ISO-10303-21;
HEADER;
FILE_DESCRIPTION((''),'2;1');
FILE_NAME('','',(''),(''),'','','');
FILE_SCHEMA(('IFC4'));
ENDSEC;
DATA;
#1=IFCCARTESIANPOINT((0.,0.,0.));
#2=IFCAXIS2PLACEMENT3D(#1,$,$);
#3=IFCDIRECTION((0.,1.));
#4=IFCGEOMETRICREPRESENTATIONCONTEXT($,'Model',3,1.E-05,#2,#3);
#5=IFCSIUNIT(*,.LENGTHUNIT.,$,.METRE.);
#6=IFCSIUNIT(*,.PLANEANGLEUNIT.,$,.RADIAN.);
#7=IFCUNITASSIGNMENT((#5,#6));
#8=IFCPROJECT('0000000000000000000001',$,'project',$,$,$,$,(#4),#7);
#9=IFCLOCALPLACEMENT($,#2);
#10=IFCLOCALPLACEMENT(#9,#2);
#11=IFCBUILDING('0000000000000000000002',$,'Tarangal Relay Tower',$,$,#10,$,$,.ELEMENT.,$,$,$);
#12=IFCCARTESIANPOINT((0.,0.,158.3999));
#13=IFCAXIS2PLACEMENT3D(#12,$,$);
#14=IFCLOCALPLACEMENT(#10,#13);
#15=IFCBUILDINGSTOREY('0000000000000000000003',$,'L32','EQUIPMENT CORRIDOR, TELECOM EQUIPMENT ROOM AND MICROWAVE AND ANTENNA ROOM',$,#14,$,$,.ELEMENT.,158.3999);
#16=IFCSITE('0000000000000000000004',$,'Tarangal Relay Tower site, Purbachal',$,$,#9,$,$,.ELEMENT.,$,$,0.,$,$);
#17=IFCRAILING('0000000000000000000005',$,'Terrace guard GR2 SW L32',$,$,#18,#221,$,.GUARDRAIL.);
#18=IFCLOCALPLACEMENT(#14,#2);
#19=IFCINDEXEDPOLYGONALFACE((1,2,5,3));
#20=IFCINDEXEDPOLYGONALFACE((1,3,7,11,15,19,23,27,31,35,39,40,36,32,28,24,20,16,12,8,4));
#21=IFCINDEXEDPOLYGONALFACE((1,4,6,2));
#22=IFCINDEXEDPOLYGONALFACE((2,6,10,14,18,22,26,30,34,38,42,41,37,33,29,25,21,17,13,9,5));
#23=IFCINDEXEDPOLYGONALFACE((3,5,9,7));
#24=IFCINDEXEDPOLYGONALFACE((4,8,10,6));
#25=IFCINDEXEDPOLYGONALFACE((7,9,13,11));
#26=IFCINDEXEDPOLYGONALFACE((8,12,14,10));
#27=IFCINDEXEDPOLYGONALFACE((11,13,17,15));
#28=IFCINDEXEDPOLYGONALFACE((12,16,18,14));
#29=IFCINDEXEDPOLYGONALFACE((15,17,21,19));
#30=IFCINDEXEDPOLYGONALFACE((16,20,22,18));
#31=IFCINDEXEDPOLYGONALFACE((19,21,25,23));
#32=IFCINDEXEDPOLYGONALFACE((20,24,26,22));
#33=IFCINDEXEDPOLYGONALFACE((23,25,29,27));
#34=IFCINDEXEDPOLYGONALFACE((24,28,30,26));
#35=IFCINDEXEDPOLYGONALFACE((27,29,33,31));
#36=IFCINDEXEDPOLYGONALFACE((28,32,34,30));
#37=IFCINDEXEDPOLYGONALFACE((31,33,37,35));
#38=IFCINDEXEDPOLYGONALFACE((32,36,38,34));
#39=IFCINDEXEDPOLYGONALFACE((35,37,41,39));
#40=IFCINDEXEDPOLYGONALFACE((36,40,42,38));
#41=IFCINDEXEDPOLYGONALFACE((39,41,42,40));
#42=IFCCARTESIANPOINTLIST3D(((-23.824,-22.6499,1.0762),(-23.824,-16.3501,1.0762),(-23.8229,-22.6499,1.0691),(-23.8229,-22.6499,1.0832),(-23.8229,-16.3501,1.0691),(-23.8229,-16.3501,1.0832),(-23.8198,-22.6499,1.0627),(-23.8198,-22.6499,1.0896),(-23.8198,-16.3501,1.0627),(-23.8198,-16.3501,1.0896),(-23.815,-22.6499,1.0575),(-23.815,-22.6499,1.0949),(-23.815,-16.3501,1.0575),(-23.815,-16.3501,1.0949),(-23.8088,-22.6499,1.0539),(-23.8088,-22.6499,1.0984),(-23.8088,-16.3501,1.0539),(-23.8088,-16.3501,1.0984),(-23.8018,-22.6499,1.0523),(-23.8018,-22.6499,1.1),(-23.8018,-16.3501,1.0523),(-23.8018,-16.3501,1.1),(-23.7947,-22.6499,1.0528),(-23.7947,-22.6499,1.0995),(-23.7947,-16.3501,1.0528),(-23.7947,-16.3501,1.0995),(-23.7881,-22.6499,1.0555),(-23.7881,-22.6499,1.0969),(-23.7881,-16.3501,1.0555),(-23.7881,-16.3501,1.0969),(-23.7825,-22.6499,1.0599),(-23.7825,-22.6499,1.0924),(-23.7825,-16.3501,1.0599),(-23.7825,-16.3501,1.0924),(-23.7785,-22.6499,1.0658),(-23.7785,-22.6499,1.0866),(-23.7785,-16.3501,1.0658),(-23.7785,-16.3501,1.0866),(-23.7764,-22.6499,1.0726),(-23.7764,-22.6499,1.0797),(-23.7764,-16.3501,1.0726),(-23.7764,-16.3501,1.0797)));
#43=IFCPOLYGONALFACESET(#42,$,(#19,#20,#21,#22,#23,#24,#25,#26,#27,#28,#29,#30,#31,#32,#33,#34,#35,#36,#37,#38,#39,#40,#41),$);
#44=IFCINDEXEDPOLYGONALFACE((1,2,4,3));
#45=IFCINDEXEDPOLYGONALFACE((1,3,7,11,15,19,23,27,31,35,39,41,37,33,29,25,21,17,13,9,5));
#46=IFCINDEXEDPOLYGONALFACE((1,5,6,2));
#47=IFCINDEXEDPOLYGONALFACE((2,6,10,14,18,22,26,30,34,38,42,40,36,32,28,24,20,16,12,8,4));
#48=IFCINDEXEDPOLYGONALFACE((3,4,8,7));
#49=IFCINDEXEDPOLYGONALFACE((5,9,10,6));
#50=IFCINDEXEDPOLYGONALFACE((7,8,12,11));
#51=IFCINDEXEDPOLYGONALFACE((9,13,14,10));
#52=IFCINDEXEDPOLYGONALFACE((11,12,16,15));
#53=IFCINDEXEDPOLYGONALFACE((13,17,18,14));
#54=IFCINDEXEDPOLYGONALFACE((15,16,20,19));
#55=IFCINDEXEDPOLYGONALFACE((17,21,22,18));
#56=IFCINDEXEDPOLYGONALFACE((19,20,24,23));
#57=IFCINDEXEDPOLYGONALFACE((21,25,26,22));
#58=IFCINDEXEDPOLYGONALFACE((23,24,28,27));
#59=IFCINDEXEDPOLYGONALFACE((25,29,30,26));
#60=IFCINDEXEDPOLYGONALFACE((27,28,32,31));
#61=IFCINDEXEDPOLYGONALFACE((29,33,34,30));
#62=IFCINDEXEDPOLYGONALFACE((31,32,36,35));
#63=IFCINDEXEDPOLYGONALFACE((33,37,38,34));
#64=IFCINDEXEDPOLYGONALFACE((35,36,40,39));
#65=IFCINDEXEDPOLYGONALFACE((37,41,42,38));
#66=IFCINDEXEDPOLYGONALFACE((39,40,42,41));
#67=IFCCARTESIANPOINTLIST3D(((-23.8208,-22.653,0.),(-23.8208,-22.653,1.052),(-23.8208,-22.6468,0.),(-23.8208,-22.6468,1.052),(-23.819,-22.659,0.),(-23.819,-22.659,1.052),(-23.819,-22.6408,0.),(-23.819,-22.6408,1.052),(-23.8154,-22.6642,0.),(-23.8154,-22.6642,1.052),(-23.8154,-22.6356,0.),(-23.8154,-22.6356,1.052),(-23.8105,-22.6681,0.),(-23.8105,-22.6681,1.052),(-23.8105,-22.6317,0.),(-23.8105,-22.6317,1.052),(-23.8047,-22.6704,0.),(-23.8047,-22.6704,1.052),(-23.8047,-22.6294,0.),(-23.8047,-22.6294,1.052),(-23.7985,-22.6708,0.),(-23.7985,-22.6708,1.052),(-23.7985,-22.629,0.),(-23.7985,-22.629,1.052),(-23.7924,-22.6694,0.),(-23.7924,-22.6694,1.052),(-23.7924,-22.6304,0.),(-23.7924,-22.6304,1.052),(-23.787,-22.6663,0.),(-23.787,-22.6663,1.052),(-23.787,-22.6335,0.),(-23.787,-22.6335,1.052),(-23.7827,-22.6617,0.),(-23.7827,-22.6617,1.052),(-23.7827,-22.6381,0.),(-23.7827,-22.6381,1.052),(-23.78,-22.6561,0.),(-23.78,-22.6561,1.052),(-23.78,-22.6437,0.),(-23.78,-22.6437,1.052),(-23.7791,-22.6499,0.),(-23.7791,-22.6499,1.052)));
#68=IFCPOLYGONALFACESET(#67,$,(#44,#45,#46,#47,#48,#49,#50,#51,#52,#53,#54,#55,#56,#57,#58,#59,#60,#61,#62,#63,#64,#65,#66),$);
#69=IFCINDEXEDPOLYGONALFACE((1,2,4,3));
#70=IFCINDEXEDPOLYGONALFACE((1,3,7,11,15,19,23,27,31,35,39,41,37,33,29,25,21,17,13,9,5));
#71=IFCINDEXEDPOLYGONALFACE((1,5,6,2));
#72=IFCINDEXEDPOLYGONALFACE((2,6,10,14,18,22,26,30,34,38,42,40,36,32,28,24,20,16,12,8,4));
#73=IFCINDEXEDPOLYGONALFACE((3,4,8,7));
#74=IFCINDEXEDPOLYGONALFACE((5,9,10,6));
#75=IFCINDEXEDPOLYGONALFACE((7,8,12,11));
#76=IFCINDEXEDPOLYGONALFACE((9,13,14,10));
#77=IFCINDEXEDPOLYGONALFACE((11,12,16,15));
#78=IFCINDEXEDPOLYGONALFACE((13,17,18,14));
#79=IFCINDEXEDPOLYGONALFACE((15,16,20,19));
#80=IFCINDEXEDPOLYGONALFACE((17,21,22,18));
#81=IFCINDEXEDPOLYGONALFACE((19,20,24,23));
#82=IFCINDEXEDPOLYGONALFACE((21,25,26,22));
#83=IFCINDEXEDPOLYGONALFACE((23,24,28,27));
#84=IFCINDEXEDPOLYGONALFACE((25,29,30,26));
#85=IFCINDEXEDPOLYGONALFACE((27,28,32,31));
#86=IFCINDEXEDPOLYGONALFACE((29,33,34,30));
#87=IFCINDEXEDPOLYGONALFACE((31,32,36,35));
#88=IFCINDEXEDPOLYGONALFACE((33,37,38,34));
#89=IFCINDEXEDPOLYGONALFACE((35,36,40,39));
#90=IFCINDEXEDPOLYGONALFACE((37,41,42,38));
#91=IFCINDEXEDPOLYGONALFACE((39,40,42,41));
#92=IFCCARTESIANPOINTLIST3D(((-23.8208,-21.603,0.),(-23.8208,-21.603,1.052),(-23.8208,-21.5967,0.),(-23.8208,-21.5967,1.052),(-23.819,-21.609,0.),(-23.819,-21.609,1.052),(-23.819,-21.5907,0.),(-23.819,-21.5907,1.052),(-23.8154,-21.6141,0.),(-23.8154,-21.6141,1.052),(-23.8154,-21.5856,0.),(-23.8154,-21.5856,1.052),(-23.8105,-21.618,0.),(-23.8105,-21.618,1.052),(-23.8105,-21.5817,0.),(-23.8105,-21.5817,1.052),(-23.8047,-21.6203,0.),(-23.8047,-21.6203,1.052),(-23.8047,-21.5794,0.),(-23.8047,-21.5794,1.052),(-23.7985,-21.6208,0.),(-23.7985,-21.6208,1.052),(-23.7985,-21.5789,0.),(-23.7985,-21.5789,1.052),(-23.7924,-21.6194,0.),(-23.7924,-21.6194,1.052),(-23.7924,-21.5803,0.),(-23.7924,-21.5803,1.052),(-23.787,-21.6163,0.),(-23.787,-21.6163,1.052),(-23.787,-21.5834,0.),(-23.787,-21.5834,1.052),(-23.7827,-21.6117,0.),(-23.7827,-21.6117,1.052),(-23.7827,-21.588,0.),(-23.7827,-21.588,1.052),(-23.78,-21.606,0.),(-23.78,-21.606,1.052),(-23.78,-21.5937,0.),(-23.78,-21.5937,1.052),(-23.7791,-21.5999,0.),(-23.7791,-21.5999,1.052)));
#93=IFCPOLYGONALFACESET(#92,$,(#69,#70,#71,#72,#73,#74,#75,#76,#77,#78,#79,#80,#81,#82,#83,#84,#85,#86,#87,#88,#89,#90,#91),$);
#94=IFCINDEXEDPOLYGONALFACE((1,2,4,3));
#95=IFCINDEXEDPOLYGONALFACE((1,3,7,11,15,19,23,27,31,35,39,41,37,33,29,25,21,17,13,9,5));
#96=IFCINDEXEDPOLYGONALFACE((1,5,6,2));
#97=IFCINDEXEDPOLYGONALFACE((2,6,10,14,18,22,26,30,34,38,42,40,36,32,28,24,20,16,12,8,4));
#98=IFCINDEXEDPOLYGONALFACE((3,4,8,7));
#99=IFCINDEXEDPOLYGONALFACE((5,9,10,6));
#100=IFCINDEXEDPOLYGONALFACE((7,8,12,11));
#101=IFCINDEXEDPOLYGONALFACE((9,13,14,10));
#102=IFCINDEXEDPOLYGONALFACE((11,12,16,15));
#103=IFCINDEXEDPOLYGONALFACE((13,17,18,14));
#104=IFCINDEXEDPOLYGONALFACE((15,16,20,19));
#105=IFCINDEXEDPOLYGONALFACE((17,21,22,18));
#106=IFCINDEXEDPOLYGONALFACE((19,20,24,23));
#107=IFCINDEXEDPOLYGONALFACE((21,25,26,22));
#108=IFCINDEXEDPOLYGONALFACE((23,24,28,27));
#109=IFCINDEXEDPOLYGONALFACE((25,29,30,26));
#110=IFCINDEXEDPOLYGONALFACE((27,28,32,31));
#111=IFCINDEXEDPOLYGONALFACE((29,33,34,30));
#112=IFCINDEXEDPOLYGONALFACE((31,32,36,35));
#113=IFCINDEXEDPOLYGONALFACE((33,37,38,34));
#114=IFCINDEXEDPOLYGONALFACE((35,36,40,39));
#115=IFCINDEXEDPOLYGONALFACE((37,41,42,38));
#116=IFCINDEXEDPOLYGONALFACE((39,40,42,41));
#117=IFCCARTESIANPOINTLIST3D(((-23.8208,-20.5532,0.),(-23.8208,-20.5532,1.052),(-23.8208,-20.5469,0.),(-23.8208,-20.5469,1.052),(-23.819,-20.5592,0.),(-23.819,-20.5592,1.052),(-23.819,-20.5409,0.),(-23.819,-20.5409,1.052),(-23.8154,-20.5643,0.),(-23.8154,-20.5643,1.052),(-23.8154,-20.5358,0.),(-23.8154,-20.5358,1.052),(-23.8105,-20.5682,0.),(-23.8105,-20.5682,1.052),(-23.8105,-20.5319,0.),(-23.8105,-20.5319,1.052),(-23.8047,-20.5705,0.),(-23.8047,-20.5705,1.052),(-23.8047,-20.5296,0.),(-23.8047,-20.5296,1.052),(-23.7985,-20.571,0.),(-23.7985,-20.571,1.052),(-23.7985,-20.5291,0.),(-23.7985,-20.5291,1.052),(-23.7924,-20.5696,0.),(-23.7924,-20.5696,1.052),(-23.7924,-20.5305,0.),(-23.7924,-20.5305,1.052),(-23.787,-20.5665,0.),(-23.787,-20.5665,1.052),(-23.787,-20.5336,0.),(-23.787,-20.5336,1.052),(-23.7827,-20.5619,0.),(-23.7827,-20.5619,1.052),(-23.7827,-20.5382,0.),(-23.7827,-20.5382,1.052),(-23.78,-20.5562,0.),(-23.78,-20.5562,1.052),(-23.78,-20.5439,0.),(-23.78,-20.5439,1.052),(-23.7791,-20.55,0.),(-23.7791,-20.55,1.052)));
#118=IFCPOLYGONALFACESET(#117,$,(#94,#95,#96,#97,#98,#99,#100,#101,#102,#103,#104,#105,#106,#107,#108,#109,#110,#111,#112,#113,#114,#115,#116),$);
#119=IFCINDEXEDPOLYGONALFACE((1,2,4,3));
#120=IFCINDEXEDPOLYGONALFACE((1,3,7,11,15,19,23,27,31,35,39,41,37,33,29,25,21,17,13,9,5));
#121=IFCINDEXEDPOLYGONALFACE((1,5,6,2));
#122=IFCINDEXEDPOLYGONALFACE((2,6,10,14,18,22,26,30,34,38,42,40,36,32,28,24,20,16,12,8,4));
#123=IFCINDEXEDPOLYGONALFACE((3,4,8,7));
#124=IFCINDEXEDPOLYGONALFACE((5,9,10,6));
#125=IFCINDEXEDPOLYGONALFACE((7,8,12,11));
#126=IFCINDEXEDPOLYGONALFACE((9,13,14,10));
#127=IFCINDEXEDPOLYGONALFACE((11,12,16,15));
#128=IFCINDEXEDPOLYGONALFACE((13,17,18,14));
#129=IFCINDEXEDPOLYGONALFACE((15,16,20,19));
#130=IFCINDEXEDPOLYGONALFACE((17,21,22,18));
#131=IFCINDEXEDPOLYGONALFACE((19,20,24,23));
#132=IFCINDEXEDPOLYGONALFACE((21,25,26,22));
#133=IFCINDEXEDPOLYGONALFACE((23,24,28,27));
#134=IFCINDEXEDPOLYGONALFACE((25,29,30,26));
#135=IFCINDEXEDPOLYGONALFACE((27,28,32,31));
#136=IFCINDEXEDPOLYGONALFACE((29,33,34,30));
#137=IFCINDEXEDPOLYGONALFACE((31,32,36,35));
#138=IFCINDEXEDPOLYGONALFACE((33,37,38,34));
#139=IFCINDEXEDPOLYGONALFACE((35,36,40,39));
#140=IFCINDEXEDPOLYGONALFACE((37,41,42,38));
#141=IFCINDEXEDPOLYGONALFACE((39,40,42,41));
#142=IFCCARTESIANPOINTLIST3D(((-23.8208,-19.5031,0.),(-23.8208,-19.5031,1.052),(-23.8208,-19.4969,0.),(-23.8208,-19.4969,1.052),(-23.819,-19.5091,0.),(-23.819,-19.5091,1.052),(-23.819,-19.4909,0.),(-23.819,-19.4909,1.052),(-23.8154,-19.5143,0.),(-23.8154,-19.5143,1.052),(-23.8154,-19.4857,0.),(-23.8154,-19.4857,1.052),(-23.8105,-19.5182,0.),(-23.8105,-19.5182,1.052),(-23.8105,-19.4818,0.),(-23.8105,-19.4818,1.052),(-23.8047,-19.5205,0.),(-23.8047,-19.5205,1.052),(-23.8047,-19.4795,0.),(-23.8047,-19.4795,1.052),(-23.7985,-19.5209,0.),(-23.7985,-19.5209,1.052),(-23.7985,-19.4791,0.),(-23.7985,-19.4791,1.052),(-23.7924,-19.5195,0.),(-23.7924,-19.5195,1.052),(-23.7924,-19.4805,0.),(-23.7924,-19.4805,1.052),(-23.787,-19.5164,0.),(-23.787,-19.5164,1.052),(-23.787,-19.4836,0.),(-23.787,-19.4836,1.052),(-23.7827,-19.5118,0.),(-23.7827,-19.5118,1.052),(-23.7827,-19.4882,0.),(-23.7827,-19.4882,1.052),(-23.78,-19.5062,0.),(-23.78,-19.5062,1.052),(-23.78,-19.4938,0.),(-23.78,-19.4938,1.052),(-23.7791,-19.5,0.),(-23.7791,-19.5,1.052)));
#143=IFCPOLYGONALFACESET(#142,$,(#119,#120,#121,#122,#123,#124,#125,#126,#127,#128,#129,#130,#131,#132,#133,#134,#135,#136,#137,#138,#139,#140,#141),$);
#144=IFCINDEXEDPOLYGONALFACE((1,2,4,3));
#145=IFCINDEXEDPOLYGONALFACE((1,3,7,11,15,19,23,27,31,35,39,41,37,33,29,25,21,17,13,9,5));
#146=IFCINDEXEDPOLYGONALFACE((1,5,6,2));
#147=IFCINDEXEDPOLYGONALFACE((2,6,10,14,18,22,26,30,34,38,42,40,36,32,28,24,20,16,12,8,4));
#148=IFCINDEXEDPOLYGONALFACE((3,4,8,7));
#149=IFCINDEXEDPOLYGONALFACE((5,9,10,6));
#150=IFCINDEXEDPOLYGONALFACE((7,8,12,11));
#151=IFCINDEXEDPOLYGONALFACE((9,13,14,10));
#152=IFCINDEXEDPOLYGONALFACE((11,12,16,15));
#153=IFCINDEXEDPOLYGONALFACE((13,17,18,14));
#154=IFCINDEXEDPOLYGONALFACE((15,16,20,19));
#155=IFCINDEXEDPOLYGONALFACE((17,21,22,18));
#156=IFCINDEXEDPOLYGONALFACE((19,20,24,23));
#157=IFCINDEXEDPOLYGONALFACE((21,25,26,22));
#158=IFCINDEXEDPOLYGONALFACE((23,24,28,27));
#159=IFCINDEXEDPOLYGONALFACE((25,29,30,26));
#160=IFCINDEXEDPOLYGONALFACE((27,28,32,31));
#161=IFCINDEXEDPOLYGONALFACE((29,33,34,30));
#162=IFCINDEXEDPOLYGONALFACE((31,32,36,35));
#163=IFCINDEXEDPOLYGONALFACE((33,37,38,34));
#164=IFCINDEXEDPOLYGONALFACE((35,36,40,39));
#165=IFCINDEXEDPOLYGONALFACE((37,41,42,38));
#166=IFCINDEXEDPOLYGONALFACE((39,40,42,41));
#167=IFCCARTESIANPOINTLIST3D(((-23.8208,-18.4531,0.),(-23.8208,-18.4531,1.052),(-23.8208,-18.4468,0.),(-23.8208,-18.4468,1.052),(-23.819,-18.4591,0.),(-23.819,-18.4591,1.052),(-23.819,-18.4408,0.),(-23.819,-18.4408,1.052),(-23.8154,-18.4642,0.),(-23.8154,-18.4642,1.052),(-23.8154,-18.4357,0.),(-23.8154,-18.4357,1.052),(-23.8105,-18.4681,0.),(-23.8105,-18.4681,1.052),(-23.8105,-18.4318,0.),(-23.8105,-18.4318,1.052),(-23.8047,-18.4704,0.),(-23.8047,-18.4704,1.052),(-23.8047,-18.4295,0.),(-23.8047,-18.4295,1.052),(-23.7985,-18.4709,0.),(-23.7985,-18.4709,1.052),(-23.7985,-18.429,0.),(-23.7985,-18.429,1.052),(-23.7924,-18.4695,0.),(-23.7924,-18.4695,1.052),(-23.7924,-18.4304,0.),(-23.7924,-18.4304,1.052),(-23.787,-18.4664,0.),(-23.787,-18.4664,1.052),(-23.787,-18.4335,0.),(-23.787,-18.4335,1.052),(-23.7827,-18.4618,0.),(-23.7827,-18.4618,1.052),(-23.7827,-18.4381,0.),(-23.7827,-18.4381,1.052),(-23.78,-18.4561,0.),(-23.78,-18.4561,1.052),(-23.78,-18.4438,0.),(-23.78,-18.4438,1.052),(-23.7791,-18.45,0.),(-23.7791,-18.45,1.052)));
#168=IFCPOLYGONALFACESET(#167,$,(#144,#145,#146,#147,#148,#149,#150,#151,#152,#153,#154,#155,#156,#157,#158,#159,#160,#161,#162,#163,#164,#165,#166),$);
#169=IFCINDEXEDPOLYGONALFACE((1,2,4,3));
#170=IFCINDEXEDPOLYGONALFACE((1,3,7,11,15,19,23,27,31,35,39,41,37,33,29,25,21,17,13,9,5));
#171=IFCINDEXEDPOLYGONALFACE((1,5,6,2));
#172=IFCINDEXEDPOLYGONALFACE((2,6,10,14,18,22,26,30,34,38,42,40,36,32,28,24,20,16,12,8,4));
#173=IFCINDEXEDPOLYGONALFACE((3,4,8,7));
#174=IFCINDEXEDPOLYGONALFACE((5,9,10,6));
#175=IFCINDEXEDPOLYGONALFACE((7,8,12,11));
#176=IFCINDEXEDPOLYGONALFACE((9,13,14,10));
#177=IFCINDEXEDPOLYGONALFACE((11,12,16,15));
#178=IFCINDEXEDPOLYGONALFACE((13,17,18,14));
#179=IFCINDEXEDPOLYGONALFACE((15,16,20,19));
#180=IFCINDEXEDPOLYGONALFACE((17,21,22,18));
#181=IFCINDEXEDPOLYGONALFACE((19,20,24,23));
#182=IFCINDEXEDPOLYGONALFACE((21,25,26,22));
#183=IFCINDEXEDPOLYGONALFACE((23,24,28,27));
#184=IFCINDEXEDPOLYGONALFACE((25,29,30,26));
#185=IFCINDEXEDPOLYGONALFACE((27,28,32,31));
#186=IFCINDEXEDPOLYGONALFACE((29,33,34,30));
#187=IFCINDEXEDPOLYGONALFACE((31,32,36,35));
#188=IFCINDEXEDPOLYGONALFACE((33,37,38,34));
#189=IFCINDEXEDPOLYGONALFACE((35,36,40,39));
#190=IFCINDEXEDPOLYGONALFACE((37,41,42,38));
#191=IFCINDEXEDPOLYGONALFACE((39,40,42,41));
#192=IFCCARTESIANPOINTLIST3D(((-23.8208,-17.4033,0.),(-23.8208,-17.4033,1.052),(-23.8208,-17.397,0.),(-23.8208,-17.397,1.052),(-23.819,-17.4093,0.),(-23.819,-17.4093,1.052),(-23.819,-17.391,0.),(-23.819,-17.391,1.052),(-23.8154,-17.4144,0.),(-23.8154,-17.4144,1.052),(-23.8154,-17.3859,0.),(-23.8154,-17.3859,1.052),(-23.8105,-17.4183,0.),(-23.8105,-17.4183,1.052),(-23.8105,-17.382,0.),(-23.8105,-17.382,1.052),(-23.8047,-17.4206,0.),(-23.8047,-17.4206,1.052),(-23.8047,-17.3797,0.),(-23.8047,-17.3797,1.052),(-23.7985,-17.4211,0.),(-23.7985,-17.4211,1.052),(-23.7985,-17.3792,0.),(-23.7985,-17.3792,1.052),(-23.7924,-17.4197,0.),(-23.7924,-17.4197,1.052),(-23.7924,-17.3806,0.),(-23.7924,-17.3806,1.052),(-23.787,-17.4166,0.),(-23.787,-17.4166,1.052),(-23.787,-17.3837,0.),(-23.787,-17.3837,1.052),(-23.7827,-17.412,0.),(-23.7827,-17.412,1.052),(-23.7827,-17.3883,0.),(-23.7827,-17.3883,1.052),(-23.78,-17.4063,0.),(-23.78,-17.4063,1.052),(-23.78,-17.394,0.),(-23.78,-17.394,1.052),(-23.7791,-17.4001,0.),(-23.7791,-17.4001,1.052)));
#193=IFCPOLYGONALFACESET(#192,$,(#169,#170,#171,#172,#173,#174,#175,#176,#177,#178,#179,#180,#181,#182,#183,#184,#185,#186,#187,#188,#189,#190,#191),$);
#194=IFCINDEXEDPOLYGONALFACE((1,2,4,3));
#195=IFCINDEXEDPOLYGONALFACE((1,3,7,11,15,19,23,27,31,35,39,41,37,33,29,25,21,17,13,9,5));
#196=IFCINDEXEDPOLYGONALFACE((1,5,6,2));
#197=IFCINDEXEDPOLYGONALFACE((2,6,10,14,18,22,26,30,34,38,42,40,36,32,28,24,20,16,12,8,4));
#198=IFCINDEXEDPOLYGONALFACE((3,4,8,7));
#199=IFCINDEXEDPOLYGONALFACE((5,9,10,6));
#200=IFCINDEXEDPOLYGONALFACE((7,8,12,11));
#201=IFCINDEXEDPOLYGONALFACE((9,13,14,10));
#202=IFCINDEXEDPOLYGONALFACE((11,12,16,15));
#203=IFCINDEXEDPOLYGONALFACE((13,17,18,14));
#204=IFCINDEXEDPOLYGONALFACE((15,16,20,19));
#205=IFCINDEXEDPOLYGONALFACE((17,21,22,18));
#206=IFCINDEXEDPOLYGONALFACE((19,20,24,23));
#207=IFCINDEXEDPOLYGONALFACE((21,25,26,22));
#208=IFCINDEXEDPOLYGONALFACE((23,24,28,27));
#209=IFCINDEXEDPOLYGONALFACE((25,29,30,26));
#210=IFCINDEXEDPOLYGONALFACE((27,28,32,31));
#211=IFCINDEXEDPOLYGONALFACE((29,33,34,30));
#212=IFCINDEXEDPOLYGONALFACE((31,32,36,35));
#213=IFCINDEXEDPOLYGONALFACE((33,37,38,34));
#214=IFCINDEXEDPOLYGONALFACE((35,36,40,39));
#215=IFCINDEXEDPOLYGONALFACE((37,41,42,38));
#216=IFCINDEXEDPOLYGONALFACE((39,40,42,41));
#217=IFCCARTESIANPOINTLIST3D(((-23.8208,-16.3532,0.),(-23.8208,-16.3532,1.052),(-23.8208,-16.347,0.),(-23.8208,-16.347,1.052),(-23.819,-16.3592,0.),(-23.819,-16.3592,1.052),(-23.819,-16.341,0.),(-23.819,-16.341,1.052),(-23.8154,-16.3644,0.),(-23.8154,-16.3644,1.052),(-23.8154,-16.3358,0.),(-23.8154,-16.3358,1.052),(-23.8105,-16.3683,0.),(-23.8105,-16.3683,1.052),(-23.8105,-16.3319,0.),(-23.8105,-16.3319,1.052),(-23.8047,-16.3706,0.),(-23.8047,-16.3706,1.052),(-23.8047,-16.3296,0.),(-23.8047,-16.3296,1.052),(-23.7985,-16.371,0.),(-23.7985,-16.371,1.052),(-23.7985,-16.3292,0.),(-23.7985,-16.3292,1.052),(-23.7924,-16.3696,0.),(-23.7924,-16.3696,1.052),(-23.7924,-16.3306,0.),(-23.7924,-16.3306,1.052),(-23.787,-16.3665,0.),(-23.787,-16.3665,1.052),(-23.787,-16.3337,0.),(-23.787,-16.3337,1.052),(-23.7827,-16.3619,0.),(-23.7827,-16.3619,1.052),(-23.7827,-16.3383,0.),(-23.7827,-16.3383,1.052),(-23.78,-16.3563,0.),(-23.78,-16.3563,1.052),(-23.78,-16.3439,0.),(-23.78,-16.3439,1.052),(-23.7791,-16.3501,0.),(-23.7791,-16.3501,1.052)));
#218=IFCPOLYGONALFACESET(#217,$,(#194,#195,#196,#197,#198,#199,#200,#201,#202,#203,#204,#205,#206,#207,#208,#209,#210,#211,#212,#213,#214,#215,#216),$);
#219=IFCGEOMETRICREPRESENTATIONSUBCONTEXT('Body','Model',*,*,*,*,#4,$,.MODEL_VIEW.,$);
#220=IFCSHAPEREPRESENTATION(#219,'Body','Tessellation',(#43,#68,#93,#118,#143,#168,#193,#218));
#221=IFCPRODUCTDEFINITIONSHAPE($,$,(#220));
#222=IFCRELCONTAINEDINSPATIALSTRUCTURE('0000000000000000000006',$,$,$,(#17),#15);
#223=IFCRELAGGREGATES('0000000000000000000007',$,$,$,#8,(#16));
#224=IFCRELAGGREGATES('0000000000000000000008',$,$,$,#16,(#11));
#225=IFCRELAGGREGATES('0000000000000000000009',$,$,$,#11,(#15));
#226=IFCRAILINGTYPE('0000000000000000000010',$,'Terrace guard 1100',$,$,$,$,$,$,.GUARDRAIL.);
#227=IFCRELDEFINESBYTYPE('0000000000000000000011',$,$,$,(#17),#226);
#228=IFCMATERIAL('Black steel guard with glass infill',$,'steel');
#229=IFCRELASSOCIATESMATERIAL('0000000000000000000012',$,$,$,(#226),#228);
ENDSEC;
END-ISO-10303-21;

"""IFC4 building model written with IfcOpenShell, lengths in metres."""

from ifc_helpers import new_model, si_unit, direction, frame, origin, origin_2d, place, context, subcontext, project, spatial, circle, extrude, material, type_object, element, save


model = new_model("IFC4")

# Units and contexts
model_context = context("Model", 3, precision=1e-05, world=origin(), true_north=direction((0.0, 1.0)))
body_context = subcontext(model_context, "Body", "Model", "MODEL_VIEW")
ifc_project = project(units=[si_unit("LENGTHUNIT", "METRE"), si_unit("PLANEANGLEUNIT", "RADIAN")], contexts=[model_context])

# Site, building, storey
site_placement = place(None, origin())
site = spatial("IfcSite", under=ifc_project, at=site_placement, Name="Tarangal Relay Tower site, Purbachal", CompositionType="ELEMENT", RefElevation=0.0)
building_placement = place(site_placement, origin())
building = spatial("IfcBuilding", under=site, at=building_placement, Name="Tarangal Relay Tower", CompositionType="ELEMENT")
storey_placement = place(building_placement, frame((0.0, 0.0, 158.3999)))
storey = spatial("IfcBuildingStorey", under=building, at=storey_placement, Name="L32", Description="EQUIPMENT CORRIDOR, TELECOM EQUIPMENT ROOM AND MICROWAVE AND ANTENNA ROOM", CompositionType="ELEMENT", Elevation=158.3999)

# Railing
ifc_material_1 = material(Name="Black steel guard with glass infill", Category="steel")
railing_type = type_object("IfcRailingType", Name="Terrace guard 1100", PredefinedType="GUARDRAIL", material=ifc_material_1)
railing_placement = place(storey_placement, frame((-23.8, -22.6499, 0.0)))
element("IfcRailing", 1, at=railing_placement, inside=storey, type_object=railing_type, Name="Terrace guard GR2 SW L32", PredefinedType="GUARDRAIL", context=body_context, shape_type="SweptSolid", body=[
    extrude(circle(Radius=0.0239, at=origin_2d()), frame((0.0, 0.0, 1.0762), z_axis=(0.0, 1.0, 0.0), x_axis=(-1.0, 0.0, 0.0)), (0.0, 0.0, 1.0), 6.2998),
    extrude(circle(Radius=0.021, at=origin_2d()), origin(), (0.0, 0.0, 1.0), 1.052),
    extrude(circle(Radius=0.021, at=origin_2d()), frame((0.0, 1.05, 0.0)), (0.0, 0.0, 1.0), 1.052),
    extrude(circle(Radius=0.021, at=origin_2d()), frame((0.0, 2.0999, 0.0)), (0.0, 0.0, 1.0), 1.052),
    extrude(circle(Radius=0.021, at=origin_2d()), frame((0.0, 3.1499, 0.0)), (0.0, 0.0, 1.0), 1.052),
    extrude(circle(Radius=0.021, at=origin_2d()), frame((0.0, 4.2, 0.0)), (0.0, 0.0, 1.0), 1.052),
    extrude(circle(Radius=0.021, at=origin_2d()), frame((0.0, 5.2498, 0.0)), (0.0, 0.0, 1.0), 1.052),
    extrude(circle(Radius=0.021, at=origin_2d()), frame((0.0, 6.2998, 0.0)), (0.0, 0.0, 1.0), 1.052),
])

save(model, "model.ifc")
